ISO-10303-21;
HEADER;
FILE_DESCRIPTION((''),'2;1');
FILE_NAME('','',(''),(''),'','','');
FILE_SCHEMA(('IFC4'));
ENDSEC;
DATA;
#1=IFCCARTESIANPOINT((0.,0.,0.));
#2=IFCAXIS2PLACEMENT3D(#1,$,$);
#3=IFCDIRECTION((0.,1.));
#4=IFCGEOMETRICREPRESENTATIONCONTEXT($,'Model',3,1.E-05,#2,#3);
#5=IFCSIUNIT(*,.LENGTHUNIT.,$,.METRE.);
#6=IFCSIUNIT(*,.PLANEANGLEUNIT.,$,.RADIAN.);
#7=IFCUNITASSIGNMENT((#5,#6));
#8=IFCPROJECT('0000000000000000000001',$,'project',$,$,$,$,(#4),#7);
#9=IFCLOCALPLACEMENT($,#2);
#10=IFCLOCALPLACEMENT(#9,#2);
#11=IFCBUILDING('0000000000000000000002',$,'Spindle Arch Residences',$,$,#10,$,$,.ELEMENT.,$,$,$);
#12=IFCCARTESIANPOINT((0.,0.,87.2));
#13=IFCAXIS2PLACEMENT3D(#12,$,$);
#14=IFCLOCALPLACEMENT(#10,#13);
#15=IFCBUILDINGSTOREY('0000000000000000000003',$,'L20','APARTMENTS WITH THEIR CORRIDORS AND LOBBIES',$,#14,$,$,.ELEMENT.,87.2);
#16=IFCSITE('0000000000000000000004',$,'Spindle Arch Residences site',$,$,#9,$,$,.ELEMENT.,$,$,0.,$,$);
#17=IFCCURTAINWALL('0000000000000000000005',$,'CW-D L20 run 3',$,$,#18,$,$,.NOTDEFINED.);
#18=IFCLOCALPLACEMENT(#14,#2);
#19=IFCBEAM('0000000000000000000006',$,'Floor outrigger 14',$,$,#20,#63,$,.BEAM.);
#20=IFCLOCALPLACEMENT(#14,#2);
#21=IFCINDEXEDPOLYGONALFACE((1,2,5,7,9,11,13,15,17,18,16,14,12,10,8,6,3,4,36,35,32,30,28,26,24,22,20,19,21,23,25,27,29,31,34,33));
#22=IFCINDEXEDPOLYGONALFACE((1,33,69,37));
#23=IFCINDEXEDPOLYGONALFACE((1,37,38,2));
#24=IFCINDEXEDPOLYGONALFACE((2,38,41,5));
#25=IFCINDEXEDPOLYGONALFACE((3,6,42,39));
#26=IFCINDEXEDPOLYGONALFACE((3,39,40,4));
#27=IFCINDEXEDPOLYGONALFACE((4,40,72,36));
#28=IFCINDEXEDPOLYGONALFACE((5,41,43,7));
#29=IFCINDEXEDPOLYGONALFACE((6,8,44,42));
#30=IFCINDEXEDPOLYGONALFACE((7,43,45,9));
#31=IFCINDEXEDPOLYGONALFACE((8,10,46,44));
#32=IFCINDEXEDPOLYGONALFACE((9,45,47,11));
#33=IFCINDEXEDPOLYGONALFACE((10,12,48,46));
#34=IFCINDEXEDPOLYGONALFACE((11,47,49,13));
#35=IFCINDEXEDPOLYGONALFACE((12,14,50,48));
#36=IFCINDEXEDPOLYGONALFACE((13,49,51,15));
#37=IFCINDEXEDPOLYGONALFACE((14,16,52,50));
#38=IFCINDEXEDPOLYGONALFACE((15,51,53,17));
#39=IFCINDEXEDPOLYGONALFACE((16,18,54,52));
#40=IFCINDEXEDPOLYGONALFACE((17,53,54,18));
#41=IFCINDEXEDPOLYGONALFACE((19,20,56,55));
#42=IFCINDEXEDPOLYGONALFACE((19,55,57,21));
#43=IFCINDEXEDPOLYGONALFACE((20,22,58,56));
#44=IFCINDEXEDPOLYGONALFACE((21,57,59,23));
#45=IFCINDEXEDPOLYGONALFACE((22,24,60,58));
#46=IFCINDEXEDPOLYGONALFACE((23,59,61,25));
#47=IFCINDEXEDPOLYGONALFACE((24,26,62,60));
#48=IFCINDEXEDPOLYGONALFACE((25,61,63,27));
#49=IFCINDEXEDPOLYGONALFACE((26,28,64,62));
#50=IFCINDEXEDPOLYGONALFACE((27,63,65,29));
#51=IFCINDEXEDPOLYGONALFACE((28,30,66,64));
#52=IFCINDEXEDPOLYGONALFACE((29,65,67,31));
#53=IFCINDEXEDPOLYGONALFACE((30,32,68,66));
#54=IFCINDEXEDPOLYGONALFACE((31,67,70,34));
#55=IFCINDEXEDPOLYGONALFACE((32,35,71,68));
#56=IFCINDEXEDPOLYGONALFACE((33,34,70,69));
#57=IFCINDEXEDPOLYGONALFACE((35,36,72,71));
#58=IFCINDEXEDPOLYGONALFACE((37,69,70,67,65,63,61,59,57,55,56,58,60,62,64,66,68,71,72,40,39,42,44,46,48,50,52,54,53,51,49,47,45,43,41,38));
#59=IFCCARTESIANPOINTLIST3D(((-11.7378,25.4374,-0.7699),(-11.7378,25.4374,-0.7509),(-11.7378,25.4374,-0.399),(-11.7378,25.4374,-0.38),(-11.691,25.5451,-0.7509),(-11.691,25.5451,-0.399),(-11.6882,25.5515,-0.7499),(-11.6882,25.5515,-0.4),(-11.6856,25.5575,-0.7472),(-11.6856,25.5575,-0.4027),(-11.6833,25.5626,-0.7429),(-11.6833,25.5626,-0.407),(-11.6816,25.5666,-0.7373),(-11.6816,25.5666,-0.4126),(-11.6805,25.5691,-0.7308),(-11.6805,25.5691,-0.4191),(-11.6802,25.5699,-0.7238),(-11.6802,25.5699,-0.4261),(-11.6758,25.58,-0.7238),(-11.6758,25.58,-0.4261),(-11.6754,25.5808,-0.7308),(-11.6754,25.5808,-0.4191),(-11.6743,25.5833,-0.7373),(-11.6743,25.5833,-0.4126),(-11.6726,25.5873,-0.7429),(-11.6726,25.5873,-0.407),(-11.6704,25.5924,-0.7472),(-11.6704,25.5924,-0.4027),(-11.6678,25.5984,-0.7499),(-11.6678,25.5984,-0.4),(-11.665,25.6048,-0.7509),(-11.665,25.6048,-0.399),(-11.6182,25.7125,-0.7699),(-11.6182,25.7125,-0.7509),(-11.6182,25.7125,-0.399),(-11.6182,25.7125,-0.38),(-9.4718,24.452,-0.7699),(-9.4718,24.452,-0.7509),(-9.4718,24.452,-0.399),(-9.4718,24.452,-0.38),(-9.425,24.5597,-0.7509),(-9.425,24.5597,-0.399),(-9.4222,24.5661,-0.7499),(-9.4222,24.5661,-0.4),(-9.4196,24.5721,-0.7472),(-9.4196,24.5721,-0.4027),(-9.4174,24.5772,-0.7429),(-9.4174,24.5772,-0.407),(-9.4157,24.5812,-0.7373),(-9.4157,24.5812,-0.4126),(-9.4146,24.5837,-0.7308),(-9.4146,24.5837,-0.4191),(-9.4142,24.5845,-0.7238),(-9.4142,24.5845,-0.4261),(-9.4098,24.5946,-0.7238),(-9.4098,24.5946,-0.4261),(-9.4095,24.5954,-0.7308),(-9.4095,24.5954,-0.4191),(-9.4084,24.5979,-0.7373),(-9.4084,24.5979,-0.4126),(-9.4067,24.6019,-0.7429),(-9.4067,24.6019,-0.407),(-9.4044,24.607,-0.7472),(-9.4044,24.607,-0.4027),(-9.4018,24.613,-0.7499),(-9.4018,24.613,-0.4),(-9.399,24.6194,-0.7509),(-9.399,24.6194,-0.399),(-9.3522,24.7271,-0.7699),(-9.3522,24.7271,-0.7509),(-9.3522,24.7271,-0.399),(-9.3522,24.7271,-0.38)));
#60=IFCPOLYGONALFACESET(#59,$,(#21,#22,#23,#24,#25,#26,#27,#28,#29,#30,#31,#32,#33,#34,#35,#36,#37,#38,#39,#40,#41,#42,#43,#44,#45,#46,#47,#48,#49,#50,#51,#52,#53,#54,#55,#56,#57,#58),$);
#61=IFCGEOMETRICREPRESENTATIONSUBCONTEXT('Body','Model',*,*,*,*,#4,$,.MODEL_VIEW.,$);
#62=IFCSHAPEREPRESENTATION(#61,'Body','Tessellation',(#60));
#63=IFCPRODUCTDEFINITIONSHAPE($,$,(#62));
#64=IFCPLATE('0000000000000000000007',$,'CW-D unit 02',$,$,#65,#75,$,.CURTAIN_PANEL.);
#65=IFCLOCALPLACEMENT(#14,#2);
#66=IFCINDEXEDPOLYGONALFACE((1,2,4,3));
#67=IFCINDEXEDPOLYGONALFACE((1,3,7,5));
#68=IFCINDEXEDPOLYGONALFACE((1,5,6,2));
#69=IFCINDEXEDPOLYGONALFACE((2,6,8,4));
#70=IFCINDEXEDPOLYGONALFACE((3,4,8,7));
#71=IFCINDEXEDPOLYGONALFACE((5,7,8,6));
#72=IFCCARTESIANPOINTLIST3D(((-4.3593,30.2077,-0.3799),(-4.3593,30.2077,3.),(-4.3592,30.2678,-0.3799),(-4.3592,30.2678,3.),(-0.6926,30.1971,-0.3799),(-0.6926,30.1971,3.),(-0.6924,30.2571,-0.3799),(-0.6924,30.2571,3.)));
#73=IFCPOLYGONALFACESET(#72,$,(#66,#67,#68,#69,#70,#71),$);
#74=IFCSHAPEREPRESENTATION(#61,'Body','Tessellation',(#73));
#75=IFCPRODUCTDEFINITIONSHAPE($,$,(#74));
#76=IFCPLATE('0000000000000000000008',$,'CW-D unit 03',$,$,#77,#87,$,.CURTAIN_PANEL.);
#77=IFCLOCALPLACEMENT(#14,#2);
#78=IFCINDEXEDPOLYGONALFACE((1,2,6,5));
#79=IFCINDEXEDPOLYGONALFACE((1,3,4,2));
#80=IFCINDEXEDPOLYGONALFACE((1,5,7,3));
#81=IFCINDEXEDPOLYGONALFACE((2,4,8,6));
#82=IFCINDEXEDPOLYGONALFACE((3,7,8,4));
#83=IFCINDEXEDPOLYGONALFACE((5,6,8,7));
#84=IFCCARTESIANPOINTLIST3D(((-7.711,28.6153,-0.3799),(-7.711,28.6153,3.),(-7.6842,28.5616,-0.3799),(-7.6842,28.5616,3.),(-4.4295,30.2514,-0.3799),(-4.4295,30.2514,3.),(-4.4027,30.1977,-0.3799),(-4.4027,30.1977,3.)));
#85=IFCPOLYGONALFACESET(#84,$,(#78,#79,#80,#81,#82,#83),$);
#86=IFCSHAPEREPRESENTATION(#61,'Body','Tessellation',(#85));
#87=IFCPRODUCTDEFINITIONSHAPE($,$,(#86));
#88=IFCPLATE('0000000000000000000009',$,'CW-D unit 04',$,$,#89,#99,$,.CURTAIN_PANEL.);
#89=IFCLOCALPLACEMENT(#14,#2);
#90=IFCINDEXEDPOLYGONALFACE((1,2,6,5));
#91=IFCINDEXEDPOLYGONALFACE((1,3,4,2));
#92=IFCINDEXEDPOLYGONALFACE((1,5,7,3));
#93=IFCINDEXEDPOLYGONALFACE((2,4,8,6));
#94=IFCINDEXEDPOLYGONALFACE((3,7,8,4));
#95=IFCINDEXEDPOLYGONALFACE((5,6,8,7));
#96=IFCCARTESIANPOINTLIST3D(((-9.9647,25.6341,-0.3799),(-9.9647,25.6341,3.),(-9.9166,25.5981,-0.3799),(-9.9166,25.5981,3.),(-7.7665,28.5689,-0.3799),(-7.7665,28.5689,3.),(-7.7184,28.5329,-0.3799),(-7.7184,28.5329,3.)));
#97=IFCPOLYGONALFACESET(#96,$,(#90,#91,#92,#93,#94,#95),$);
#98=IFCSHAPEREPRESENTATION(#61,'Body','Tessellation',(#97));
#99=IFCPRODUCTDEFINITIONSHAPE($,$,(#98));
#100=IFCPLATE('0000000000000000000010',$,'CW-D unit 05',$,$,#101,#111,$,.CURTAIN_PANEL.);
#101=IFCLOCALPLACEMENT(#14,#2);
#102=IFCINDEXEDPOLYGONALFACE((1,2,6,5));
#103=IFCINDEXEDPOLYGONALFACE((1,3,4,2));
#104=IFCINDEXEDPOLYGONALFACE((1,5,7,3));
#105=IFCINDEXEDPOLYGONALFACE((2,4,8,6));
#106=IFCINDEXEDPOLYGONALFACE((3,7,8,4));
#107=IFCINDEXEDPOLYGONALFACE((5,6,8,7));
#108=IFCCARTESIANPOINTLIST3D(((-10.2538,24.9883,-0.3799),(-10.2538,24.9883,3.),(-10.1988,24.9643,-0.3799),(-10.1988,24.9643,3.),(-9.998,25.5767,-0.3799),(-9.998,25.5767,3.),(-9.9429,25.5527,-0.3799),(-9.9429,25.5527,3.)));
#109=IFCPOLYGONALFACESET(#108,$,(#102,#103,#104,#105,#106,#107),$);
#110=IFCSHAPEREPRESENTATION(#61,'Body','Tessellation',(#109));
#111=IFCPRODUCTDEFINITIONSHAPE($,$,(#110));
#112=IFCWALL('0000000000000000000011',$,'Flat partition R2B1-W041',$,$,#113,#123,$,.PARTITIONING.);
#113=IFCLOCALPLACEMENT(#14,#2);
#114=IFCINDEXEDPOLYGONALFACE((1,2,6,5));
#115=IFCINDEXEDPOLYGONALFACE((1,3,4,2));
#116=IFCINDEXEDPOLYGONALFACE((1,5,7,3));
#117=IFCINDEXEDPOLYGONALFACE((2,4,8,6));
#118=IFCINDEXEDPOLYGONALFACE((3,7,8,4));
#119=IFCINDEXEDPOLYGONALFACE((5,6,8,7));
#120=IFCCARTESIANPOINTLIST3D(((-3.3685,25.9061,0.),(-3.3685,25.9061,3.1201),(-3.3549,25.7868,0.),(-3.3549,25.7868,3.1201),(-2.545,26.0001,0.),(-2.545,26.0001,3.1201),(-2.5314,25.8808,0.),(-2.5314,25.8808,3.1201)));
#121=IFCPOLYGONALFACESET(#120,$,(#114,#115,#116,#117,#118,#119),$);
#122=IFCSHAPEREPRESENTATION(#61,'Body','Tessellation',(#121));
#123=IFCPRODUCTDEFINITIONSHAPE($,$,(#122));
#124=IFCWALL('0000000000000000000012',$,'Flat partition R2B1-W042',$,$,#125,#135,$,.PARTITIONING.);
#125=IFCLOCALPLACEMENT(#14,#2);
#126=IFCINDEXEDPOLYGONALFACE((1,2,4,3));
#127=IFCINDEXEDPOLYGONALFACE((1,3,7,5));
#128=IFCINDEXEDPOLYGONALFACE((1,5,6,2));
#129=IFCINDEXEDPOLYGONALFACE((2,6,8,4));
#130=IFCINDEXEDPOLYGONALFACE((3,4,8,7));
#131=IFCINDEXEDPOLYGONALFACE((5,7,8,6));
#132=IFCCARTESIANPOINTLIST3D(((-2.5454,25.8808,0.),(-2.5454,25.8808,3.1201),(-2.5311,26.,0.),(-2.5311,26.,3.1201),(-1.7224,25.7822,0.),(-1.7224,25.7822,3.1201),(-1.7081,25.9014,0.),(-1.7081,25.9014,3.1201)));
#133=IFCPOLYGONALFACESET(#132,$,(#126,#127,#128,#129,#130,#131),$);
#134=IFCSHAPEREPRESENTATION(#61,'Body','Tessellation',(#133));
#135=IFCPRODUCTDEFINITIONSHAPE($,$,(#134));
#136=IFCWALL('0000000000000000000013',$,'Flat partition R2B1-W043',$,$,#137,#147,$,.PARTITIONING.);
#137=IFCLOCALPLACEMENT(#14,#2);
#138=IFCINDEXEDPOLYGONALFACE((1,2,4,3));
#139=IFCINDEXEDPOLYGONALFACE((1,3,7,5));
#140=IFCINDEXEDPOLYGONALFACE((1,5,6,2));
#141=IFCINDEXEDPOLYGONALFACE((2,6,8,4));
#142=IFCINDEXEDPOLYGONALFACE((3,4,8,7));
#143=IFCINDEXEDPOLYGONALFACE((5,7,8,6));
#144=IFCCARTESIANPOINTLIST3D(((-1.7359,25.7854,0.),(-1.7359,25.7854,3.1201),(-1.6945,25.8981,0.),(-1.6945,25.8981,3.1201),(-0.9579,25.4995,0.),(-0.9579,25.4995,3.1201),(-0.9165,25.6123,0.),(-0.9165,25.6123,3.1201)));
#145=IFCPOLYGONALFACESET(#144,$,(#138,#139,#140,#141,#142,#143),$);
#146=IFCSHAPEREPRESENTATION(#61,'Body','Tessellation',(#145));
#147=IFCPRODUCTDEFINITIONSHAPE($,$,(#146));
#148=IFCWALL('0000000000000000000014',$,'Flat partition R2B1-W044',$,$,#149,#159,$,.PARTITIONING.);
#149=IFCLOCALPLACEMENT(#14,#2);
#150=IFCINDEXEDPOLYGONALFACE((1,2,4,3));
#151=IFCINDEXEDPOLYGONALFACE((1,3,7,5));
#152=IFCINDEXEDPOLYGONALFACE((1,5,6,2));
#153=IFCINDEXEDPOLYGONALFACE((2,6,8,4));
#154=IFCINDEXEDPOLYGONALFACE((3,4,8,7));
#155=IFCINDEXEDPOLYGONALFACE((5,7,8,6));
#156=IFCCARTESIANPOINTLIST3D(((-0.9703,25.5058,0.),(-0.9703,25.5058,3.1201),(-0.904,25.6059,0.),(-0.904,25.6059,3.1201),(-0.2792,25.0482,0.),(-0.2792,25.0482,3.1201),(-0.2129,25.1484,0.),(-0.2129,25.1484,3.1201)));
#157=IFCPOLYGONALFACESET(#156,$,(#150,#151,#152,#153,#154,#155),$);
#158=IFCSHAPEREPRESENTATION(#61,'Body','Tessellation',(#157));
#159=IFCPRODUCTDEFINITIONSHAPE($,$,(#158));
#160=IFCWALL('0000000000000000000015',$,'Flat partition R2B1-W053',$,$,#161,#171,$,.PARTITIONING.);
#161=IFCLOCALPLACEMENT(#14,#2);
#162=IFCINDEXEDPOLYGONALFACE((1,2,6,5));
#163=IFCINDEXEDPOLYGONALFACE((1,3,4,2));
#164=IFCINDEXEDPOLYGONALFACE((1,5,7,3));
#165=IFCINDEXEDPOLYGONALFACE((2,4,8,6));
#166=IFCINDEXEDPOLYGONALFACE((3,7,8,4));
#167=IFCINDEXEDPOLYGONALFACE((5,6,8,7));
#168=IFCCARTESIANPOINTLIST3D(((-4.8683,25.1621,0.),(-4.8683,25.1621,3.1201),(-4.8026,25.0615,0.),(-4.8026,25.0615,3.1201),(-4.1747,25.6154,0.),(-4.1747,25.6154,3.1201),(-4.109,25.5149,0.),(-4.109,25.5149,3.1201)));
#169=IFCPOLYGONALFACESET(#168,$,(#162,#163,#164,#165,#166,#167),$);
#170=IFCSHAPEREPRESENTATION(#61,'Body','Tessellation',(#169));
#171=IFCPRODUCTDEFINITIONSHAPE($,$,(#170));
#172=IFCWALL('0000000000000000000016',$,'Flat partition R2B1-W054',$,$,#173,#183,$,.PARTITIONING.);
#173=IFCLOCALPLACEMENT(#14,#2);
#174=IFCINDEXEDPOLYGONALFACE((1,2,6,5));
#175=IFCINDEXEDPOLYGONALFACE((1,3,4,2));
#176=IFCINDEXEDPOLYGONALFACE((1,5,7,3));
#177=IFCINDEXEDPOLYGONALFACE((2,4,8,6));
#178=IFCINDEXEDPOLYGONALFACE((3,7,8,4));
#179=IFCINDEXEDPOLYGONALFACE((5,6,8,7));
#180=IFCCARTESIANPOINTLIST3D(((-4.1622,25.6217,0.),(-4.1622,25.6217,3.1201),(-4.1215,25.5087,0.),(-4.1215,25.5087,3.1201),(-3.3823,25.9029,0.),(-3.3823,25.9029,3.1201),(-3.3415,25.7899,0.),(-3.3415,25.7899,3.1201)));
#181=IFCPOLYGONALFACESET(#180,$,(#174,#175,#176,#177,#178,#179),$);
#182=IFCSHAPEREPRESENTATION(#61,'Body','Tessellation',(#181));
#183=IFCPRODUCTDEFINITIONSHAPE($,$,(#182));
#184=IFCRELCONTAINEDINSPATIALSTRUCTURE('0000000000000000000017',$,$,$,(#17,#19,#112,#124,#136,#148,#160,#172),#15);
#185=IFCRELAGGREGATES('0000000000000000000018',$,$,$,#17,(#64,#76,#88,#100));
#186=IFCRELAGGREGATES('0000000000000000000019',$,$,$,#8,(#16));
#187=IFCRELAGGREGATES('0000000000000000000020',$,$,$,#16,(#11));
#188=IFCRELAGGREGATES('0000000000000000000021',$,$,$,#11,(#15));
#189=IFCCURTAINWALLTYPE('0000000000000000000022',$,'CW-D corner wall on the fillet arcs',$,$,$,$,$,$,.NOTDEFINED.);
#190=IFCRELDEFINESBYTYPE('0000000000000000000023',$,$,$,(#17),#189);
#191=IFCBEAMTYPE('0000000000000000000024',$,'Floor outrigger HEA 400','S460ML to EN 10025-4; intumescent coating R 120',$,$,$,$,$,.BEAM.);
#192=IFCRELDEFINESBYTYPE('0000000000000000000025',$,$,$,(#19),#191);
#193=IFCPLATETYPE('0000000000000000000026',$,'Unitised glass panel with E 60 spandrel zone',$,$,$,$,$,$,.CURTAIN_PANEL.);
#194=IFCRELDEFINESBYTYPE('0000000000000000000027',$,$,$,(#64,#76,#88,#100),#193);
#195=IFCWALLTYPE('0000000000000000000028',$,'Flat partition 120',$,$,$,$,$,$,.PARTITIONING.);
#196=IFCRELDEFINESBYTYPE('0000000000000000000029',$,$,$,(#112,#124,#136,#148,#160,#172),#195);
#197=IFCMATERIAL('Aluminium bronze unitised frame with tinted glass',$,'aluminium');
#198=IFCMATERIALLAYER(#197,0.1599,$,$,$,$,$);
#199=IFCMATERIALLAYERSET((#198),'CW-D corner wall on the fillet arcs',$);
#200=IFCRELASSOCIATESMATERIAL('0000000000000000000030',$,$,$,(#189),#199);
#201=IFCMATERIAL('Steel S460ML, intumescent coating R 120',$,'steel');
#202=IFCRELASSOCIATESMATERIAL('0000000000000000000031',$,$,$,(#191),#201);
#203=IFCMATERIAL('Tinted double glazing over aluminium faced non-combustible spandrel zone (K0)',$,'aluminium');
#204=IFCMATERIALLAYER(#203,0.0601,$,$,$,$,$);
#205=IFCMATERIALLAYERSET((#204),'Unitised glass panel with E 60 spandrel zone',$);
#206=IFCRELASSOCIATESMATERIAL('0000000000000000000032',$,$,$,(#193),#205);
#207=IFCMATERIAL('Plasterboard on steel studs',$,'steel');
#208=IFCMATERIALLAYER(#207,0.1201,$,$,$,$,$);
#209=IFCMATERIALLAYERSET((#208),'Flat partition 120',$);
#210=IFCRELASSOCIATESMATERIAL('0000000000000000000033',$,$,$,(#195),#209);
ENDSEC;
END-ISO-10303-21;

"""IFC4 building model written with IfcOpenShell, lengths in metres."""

from ifc_helpers import new_model, si_unit, direction, frame, frame_2d, origin, origin_2d, place, context, subcontext, project, spatial, rectangle, i_section, extrude, material, layer, layer_set, material_profile, profile_set, type_object, element, aggregate, save


model = new_model("IFC4")

# Units and contexts
model_context = context("Model", 3, precision=1e-05, world=origin(), true_north=direction((0.0, 1.0)))
body_context = subcontext(model_context, "Body", "Model", "MODEL_VIEW")
ifc_project = project(units=[si_unit("LENGTHUNIT", "METRE"), si_unit("PLANEANGLEUNIT", "RADIAN")], contexts=[model_context])

# Site, building, storey
site_placement = place(None, origin())
site = spatial("IfcSite", under=ifc_project, at=site_placement, Name="Spindle Arch Residences site", CompositionType="ELEMENT", RefElevation=0.0)
building_placement = place(site_placement, origin())
building = spatial("IfcBuilding", under=site, at=building_placement, Name="Spindle Arch Residences", CompositionType="ELEMENT")
storey_placement = place(building_placement, frame((0.0, 0.0, 87.2)))
storey = spatial("IfcBuildingStorey", under=building, at=storey_placement, Name="L20", Description="APARTMENTS WITH THEIR CORRIDORS AND LOBBIES", CompositionType="ELEMENT", Elevation=87.2)

# Curtain wall
ifc_material_1 = material(Name="Aluminium bronze unitised frame with tinted glass", Category="aluminium")
ifc_layer_1 = layer(ifc_material_1, 0.1599)
ifc_layer_set_1 = layer_set([ifc_layer_1], Name="CW-D corner wall on the fillet arcs")
curtain_wall_type = type_object("IfcCurtainWallType", Name="CW-D corner wall on the fillet arcs", PredefinedType="NOTDEFINED", material=ifc_layer_set_1)
curtain_wall_placement = place(storey_placement, origin())
curtain_wall = element("IfcCurtainWall", 1, at=curtain_wall_placement, inside=storey, type_object=curtain_wall_type, Name="CW-D L20 run 3", PredefinedType="NOTDEFINED")

# Beam
ifc_material_2 = material(Name="Steel S460ML, intumescent coating R 120", Category="steel")
ifc_material_profile_1 = material_profile(ifc_material_2, i_section(OverallWidth=0.3, OverallDepth=0.3899, WebThickness=0.011, FlangeThickness=0.019, FilletRadius=0.0271, at=origin_2d()), Name="HEA 400")
ifc_profile_set_1 = profile_set([ifc_material_profile_1], Name="Steel S460ML, intumescent coating R 120")
beam_type_1 = type_object("IfcBeamType", Name="Floor outrigger HEA 400", Description="S460ML to EN 10025-4; intumescent coating R 120", PredefinedType="BEAM", material=ifc_profile_set_1)
beam_1_placement = place(storey_placement, frame((-11.678, 25.575, -0.575), z_axis=(0.917042, -0.398791, 0.0), x_axis=(0.398791, 0.917042, 0.0)))
element("IfcBeam", 2, at=beam_1_placement, inside=storey, type_object=beam_type_1, Name="Floor outrigger 14", PredefinedType="BEAM", context=body_context, shape_type="SweptSolid", body=[
    extrude(i_section(OverallWidth=0.3, OverallDepth=0.3899, WebThickness=0.011, FlangeThickness=0.019, FilletRadius=0.0271, at=origin_2d()), origin(), (0.0, 0.0, 1.0), 2.4709),
])

# Plates
ifc_material_3 = material(Name="Tinted double glazing over aluminium faced non-combustible spandrel zone (K0)", Category="aluminium")
ifc_layer_2 = layer(ifc_material_3, 0.0601)
ifc_layer_set_2 = layer_set([ifc_layer_2], Name="Unitised glass panel with E 60 spandrel zone")
plate_type = type_object("IfcPlateType", Name="Unitised glass panel with E 60 spandrel zone", PredefinedType="CURTAIN_PANEL", material=ifc_layer_set_2)
plate_1_placement = place(storey_placement, frame((-2.5259, 30.2324, -0.3799), z_axis=(0.0, 0.0, 1.0), x_axis=(-0.999996, 0.002909, 0.0)))
plate_1 = element("IfcPlate", 3, at=plate_1_placement, type_object=plate_type, Name="CW-D unit 02", PredefinedType="CURTAIN_PANEL", context=body_context, shape_type="SweptSolid", body=[
    extrude(rectangle(XDim=3.6667, YDim=0.0601, at=origin_2d()), origin(), (0.0, 0.0, 1.0), 3.3799),
])
plate_2_placement = place(storey_placement, frame((-6.0569, 29.4065, -0.3799), z_axis=(0.0, 0.0, 1.0), x_axis=(-0.894934, -0.446198, 0.0)))
plate_2 = element("IfcPlate", 4, at=plate_2_placement, type_object=plate_type, Name="CW-D unit 03", PredefinedType="CURTAIN_PANEL", context=body_context, shape_type="SweptSolid", body=[
    extrude(rectangle(XDim=3.6667, YDim=0.0601, at=origin_2d()), origin(), (0.0, 0.0, 1.0), 3.3799),
])
plate_3_placement = place(storey_placement, frame((-8.8416, 27.0835, -0.3799), z_axis=(0.0, 0.0, 1.0), x_axis=(-0.599489, -0.800383, 0.0)))
plate_3 = element("IfcPlate", 5, at=plate_3_placement, type_object=plate_type, Name="CW-D unit 04", PredefinedType="CURTAIN_PANEL", context=body_context, shape_type="SweptSolid", body=[
    extrude(rectangle(XDim=3.6667, YDim=0.0601, at=origin_2d()), origin(), (0.0, 0.0, 1.0), 3.3799),
])
plate_4_placement = place(storey_placement, frame((-10.0984, 25.2705, -0.3799), z_axis=(0.0, 0.0, 1.0), x_axis=(-0.398749, -0.91706, 0.0)))
plate_4 = element("IfcPlate", 6, at=plate_4_placement, type_object=plate_type, Name="CW-D unit 05", PredefinedType="CURTAIN_PANEL", context=body_context, shape_type="SweptSolid", body=[
    extrude(rectangle(XDim=0.6416, YDim=0.0601, at=origin_2d()), origin(), (0.0, 0.0, 1.0), 3.3799),
])
aggregate(curtain_wall, [plate_1, plate_2, plate_3, plate_4])

# Walls
ifc_material_4 = material(Name="Plasterboard on steel studs", Category="steel")
ifc_layer_3 = layer(ifc_material_4, 0.1201)
ifc_layer_set_3 = layer_set([ifc_layer_3], Name="Flat partition 120")
wall_type_1 = type_object("IfcWallType", Name="Flat partition 120", PredefinedType="PARTITIONING", material=ifc_layer_set_3)
for number, where, z_axis, x_axis, name in (
    (7, (-3.3618, 25.8464, 0.0), (0.0, 0.0, 1.0), (0.993549, 0.113405, 0.0), "Flat partition R2B1-W041"),
    (8, (-2.5383, 25.9404, 0.0), (0.0, 0.0, 1.0), (0.992895, -0.118994, 0.0), "Flat partition R2B1-W042"),
    (9, (-1.7153, 25.8418, 0.0), (0.0, 0.0, 1.0), (0.938644, -0.344886, 0.0), "Flat partition R2B1-W043"),
    (10, (-0.9373, 25.5559, 0.0), (0.0, 0.0, 1.0), (0.833858, -0.551978, 0.0), "Flat partition R2B1-W044"),
):
    element("IfcWall", number, at=place(storey_placement, frame(where, z_axis=z_axis, x_axis=x_axis)), inside=storey, type_object=wall_type_1, Name=name, PredefinedType="PARTITIONING", context=body_context, shape_type="SweptSolid", body=[
        extrude(rectangle(XDim=0.8289, YDim=0.1201, at=frame_2d((0.4146, 0.0))), origin(), (0.0, 0.0, 1.0), 3.1201),
    ])
wall_1_placement = place(storey_placement, frame((-4.8354, 25.1118, 0.0), z_axis=(0.0, 0.0, 1.0), x_axis=(0.837047, 0.54713, 0.0)))
element("IfcWall", 11, at=wall_1_placement, inside=storey, type_object=wall_type_1, Name="Flat partition R2B1-W053", PredefinedType="PARTITIONING", context=body_context, shape_type="SweptSolid", body=[
    extrude(rectangle(XDim=0.8286, YDim=0.1201, at=frame_2d((0.4143, 0.0))), origin(), (0.0, 0.0, 1.0), 3.1201),
])
wall_2_placement = place(storey_placement, frame((-4.1418, 25.5652, 0.0), z_axis=(0.0, 0.0, 1.0), x_axis=(0.940718, 0.339189, 0.0)))
element("IfcWall", 12, at=wall_2_placement, inside=storey, type_object=wall_type_1, Name="Flat partition R2B1-W054", PredefinedType="PARTITIONING", context=body_context, shape_type="SweptSolid", body=[
    extrude(rectangle(XDim=0.8291, YDim=0.1201, at=frame_2d((0.4146, 0.0))), origin(), (0.0, 0.0, 1.0), 3.1201),
])

save(model, "model.ifc")
